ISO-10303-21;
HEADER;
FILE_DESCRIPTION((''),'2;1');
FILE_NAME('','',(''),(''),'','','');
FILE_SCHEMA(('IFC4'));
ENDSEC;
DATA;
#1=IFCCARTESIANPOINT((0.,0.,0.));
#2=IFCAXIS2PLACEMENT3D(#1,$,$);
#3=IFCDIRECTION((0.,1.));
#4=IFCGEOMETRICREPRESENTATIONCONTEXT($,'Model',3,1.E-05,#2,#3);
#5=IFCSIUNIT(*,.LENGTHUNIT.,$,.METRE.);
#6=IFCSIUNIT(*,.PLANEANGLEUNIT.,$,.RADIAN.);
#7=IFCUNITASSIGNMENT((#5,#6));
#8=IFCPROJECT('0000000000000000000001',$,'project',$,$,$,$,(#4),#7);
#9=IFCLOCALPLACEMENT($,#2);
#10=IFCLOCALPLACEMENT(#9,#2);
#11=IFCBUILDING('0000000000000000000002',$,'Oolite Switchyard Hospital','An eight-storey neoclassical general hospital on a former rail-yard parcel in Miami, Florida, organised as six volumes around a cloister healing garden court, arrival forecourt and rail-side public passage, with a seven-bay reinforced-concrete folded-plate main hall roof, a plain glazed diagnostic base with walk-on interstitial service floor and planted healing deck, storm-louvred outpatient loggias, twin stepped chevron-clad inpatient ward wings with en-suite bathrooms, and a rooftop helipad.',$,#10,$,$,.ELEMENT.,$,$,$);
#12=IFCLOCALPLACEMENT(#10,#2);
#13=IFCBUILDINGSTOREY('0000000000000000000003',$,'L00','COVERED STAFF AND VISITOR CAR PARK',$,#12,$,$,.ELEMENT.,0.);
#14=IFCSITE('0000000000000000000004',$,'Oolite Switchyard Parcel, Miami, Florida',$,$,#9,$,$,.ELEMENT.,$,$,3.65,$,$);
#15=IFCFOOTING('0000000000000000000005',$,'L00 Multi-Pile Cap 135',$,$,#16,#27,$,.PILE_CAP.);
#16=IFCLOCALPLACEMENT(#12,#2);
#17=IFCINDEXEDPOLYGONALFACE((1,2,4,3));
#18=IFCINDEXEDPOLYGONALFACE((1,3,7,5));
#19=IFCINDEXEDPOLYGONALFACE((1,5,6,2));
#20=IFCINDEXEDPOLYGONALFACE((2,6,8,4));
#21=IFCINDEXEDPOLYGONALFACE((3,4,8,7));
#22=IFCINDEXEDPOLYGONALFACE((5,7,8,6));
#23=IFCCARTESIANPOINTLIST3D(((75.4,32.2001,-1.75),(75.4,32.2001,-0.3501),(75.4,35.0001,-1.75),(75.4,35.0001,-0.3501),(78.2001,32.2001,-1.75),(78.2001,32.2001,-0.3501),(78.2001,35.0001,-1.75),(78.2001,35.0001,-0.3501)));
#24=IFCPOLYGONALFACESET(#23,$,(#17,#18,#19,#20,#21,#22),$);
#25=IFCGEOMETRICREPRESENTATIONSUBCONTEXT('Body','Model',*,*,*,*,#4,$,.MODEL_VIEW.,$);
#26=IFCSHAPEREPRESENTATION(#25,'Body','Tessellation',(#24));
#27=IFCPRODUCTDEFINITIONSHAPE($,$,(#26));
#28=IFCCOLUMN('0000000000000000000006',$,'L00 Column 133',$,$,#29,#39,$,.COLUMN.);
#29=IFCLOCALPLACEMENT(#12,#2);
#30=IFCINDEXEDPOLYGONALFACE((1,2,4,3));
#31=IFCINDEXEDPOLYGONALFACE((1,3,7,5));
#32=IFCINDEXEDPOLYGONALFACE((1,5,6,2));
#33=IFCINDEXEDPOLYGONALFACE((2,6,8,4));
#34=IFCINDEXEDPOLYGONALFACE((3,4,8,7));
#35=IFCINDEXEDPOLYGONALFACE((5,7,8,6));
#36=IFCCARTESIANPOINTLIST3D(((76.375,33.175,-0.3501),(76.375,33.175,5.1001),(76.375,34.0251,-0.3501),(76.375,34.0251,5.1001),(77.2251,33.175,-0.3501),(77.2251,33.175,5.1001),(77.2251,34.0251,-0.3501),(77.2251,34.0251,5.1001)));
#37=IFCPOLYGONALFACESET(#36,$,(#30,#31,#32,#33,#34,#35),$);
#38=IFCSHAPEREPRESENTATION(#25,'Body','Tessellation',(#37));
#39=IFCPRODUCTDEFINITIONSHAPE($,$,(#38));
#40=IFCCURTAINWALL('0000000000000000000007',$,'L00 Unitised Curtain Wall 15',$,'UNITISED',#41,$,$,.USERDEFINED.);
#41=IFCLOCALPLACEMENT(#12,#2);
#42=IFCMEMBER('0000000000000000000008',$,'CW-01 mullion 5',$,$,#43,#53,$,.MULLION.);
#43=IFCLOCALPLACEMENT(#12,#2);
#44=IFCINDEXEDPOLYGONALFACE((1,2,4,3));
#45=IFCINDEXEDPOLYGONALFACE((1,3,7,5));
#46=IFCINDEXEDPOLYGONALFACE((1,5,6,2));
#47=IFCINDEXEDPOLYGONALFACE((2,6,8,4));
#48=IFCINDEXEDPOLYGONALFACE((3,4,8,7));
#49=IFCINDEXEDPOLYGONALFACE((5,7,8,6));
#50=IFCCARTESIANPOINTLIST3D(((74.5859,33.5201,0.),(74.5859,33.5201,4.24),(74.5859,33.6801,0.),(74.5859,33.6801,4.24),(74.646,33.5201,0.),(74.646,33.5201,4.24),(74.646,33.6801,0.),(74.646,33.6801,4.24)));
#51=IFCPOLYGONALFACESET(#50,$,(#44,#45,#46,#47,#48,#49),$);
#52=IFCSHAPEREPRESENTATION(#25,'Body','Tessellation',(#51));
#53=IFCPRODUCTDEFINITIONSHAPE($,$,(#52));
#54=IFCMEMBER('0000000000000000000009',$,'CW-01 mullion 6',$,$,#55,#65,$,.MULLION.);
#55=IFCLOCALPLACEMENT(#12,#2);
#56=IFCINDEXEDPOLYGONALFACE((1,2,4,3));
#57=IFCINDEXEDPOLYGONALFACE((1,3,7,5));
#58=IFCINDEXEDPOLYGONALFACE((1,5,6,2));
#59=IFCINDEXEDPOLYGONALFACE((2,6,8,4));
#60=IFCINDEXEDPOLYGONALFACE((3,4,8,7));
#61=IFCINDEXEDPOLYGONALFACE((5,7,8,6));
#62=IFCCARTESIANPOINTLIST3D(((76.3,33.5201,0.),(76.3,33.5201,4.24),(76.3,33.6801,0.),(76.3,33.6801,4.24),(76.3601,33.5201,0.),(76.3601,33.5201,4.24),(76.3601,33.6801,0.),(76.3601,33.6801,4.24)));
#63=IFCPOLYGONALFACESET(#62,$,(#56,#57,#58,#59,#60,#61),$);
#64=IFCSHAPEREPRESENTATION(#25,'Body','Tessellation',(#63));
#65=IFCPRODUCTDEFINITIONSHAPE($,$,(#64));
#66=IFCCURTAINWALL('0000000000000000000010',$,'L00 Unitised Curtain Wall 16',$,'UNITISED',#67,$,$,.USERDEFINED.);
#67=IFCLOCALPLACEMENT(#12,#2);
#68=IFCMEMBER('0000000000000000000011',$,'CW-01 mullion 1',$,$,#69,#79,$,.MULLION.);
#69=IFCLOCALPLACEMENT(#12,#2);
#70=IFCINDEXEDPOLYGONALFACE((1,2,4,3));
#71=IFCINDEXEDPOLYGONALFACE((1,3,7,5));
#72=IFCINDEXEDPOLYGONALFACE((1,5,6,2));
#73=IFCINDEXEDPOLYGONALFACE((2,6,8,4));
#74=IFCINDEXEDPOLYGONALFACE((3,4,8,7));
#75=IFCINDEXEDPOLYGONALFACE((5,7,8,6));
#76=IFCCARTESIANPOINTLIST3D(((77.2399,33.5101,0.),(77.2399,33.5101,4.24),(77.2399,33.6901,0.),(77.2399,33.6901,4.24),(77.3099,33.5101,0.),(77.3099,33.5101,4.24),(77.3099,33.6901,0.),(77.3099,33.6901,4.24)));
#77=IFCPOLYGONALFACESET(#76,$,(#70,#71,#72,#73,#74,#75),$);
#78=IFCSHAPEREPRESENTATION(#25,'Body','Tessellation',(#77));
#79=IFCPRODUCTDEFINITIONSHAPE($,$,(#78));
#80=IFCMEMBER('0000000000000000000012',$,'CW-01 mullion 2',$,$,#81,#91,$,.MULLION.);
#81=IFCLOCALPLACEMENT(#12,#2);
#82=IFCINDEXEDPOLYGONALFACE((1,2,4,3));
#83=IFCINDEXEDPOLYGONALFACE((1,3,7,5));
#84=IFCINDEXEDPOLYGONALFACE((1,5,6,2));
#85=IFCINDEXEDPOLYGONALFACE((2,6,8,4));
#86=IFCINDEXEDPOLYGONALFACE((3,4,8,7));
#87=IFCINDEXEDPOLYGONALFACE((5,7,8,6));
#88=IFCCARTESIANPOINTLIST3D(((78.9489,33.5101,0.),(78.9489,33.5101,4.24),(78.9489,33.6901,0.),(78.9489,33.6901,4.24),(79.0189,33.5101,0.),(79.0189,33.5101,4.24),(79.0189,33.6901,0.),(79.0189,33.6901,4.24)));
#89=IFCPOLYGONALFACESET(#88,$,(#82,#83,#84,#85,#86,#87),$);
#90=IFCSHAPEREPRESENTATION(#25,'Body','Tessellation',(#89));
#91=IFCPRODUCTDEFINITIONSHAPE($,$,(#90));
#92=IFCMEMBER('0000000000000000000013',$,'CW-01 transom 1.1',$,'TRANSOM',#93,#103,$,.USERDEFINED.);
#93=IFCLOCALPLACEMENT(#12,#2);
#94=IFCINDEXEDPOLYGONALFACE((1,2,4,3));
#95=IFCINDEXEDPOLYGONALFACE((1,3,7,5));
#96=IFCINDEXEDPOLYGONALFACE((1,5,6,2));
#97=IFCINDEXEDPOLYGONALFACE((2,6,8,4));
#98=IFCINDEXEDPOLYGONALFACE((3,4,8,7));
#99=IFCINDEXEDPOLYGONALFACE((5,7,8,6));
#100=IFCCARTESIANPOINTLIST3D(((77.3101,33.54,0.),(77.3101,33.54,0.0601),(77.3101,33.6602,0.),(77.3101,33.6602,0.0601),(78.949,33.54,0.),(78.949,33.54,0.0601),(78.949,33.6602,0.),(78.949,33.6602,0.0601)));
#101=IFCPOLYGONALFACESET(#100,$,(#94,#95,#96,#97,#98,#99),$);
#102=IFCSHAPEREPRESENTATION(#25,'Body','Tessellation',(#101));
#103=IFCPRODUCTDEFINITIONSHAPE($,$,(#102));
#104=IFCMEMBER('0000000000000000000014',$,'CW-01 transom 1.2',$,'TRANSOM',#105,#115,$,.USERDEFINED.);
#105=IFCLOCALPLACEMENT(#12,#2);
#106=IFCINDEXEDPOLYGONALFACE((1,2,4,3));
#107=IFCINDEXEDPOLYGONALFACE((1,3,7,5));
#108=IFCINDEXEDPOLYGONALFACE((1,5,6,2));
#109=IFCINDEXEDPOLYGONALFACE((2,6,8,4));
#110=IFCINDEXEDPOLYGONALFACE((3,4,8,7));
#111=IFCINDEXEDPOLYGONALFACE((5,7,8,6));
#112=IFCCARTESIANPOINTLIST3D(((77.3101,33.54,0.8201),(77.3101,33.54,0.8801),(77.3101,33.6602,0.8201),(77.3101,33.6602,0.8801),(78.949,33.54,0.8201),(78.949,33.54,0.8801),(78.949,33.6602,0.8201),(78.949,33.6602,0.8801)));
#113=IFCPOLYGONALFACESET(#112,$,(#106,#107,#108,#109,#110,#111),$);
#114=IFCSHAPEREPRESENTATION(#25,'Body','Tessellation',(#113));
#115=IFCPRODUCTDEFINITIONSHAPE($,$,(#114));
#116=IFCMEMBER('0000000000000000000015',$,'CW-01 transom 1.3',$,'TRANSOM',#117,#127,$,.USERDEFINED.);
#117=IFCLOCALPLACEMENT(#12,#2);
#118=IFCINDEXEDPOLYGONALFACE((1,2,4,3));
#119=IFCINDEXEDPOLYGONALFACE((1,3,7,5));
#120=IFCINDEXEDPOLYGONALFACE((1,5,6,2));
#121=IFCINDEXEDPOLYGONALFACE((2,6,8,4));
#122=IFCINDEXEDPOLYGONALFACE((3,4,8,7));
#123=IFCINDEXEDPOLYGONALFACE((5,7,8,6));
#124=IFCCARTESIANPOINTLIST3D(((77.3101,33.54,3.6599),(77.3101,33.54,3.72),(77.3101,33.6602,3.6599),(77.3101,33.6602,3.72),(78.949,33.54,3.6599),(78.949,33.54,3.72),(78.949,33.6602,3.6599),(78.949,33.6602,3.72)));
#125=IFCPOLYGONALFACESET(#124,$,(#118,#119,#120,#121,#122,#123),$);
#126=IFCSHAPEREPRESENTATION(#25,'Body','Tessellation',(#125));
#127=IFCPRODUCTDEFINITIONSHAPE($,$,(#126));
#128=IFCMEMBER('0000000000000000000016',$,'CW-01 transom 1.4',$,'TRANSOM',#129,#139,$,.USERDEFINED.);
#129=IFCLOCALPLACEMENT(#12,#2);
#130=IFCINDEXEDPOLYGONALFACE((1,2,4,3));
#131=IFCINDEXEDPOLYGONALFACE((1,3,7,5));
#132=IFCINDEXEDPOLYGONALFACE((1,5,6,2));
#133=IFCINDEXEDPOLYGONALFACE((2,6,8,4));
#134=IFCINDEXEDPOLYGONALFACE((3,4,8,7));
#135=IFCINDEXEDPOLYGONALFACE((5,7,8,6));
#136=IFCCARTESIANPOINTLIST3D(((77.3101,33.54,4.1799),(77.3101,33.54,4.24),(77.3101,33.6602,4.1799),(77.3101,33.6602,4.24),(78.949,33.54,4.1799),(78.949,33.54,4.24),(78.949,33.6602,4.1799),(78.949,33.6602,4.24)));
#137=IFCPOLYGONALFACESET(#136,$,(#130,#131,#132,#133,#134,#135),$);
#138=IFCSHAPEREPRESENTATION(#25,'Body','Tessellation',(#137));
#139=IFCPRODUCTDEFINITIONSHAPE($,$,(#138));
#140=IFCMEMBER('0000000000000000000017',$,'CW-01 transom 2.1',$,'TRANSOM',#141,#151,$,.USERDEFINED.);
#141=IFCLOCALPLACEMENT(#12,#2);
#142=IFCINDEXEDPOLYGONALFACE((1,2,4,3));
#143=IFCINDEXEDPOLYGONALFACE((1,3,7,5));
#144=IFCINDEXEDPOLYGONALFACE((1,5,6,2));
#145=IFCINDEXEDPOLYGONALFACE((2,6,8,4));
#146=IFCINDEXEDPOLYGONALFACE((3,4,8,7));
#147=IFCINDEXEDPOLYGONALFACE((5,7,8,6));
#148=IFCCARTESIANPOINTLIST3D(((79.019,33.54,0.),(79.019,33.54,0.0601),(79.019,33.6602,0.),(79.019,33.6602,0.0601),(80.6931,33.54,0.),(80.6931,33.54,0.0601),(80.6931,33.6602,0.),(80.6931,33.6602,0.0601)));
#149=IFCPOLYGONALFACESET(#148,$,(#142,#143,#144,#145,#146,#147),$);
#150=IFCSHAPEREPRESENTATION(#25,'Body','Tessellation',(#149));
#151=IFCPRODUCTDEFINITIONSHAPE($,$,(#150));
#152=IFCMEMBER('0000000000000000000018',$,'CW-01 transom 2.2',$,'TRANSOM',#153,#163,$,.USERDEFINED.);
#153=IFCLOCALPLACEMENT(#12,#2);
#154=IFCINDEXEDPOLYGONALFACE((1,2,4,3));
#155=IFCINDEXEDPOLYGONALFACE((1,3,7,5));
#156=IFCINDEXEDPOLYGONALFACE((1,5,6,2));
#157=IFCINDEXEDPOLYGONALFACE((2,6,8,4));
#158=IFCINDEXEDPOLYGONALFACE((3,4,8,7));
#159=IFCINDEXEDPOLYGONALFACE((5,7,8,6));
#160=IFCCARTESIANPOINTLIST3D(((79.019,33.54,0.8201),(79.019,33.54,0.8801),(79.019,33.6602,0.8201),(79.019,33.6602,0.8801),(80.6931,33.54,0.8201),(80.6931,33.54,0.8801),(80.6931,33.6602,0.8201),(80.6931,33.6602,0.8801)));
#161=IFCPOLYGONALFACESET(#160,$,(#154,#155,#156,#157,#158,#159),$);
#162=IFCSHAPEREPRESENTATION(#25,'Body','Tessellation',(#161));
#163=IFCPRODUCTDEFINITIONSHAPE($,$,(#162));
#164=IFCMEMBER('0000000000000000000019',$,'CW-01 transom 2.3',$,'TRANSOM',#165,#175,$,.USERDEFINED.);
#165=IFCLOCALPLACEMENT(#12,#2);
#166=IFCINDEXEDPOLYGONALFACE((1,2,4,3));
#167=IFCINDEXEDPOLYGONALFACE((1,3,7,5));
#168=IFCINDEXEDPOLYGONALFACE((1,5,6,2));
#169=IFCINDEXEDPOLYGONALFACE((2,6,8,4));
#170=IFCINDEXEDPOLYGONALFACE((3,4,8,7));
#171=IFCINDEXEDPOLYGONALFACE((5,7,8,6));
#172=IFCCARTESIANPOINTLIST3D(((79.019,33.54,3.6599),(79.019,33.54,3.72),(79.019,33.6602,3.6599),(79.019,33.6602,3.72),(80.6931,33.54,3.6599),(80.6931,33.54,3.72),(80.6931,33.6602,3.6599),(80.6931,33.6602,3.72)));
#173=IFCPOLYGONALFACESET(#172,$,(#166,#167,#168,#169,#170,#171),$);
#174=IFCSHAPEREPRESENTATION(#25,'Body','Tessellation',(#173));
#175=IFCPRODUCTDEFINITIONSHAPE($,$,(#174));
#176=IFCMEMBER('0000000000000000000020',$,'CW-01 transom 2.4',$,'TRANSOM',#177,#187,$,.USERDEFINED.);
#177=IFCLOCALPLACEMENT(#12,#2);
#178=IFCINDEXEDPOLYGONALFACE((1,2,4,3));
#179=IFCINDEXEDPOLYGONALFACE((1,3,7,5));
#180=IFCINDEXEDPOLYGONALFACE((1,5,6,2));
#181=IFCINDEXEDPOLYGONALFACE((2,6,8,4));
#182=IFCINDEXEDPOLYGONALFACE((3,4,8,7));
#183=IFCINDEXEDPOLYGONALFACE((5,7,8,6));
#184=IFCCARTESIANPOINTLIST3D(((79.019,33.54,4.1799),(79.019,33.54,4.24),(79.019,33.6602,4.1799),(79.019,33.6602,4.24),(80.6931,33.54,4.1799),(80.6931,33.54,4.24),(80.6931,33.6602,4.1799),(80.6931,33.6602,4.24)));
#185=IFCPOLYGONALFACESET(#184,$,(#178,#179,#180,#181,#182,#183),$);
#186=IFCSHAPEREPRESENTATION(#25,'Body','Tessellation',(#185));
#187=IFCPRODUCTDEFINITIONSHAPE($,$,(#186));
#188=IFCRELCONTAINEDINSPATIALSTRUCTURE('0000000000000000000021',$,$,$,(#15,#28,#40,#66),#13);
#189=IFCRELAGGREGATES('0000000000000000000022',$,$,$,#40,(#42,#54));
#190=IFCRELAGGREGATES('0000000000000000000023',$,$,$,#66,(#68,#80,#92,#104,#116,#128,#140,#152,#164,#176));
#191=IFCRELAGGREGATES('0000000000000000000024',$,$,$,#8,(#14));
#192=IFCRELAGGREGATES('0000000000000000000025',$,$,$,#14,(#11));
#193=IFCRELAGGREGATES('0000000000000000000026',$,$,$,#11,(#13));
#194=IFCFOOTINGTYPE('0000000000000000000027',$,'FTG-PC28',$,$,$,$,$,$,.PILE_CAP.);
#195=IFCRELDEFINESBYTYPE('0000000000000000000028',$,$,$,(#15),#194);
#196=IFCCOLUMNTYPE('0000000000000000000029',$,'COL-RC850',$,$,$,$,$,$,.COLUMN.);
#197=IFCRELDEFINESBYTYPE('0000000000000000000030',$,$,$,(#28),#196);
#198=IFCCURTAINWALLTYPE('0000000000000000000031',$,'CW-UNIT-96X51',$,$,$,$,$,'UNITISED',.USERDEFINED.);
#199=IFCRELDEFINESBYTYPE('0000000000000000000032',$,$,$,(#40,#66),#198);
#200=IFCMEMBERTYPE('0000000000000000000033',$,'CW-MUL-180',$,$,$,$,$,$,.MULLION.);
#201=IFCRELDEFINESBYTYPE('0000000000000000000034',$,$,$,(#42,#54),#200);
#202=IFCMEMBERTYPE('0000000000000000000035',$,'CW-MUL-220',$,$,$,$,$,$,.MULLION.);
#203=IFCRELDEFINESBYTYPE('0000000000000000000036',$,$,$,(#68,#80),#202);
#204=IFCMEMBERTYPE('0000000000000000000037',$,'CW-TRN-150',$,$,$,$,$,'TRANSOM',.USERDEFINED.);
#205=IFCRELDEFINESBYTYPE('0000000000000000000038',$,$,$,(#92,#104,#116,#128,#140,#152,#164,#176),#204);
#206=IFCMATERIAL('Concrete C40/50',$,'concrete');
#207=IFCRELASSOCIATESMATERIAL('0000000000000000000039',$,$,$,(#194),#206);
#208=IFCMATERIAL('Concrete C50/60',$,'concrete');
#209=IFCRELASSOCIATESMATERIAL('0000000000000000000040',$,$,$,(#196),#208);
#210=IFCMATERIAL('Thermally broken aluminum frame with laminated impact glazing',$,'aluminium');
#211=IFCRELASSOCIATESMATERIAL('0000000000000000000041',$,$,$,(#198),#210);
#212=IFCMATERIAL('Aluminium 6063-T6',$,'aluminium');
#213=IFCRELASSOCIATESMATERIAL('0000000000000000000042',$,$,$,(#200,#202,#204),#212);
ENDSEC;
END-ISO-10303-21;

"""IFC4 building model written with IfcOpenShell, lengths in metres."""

from ifc_helpers import new_model, si_unit, direction, frame, origin, origin_2d, place, context, subcontext, project, spatial, rectangle, extrude, material, material_profile, profile_set, type_object, element, aggregate, save


model = new_model("IFC4")

# Units and contexts
model_context = context("Model", 3, precision=1e-05, world=origin(), true_north=direction((0.0, 1.0)))
body_context = subcontext(model_context, "Body", "Model", "MODEL_VIEW")
ifc_project = project(units=[si_unit("LENGTHUNIT", "METRE"), si_unit("PLANEANGLEUNIT", "RADIAN")], contexts=[model_context])

# Site, building, storey
site_placement = place(None, origin())
site = spatial("IfcSite", under=ifc_project, at=site_placement, Name="Oolite Switchyard Parcel, Miami, Florida", CompositionType="ELEMENT", RefElevation=3.65)
building_placement = place(site_placement, origin())
building = spatial("IfcBuilding", under=site, at=building_placement, Name="Oolite Switchyard Hospital", Description="An eight-storey neoclassical general hospital on a former rail-yard parcel in Miami, Florida, organised as six volumes around a cloister healing garden court, arrival forecourt and rail-side public passage, with a seven-bay reinforced-concrete folded-plate main hall roof, a plain glazed diagnostic base with walk-on interstitial service floor and planted healing deck, storm-louvred outpatient loggias, twin stepped chevron-clad inpatient ward wings with en-suite bathrooms, and a rooftop helipad.", CompositionType="ELEMENT")
storey_placement = place(building_placement, origin())
storey = spatial("IfcBuildingStorey", under=building, at=storey_placement, Name="L00", Description="COVERED STAFF AND VISITOR CAR PARK", CompositionType="ELEMENT", Elevation=0.0)

# Footing
ifc_material_1 = material(Name="Concrete C40/50", Category="concrete")
footing_type = type_object("IfcFootingType", Name="FTG-PC28", PredefinedType="PILE_CAP", material=ifc_material_1)
footing_placement = place(storey_placement, frame((76.8, 33.6001, -1.75), z_axis=(0.0, 0.0, 1.0), x_axis=(1.0, 0.0, 0.0)))
element("IfcFooting", 1, at=footing_placement, inside=storey, type_object=footing_type, Name="L00 Multi-Pile Cap 135", PredefinedType="PILE_CAP", context=body_context, shape_type="SweptSolid", body=[
    extrude(rectangle(XDim=2.8, YDim=2.8, at=origin_2d()), origin(), (0.0, 0.0, 1.0), 1.3999),
])

# Column
ifc_material_2 = material(Name="Concrete C50/60", Category="concrete")
ifc_material_profile_1 = material_profile(ifc_material_2, rectangle(XDim=0.8501, YDim=0.8501, at=origin_2d()), Name="RC850X850")
ifc_profile_set_1 = profile_set([ifc_material_profile_1], Name="Concrete C50/60")
column_type = type_object("IfcColumnType", Name="COL-RC850", PredefinedType="COLUMN", material=ifc_profile_set_1)
column_placement = place(storey_placement, frame((76.8, 33.6001, -0.3501), z_axis=(0.0, 0.0, 1.0), x_axis=(1.0, 0.0, 0.0)))
element("IfcColumn", 2, at=column_placement, inside=storey, type_object=column_type, Name="L00 Column 133", PredefinedType="COLUMN", context=body_context, shape_type="SweptSolid", body=[
    extrude(rectangle(XDim=0.8501, YDim=0.8501, at=origin_2d()), origin(), (0.0, 0.0, 1.0), 5.4502),
])

# Curtain walls, members
ifc_material_3 = material(Name="Thermally broken aluminum frame with laminated impact glazing", Category="aluminium")
curtain_wall_type = type_object("IfcCurtainWallType", Name="CW-UNIT-96X51", ElementType="UNITISED", PredefinedType="USERDEFINED", material=ifc_material_3)
curtain_wall_1_placement = place(storey_placement, origin())
curtain_wall_1 = element("IfcCurtainWall", 3, at=curtain_wall_1_placement, inside=storey, type_object=curtain_wall_type, Name="L00 Unitised Curtain Wall 15", ObjectType="UNITISED", PredefinedType="USERDEFINED")
ifc_material_4 = material(Name="Aluminium 6063-T6", Category="aluminium")
ifc_material_profile_2 = material_profile(ifc_material_4, rectangle(XDim=0.1599, YDim=0.0601, at=origin_2d()), Name="CWM60X160")
ifc_profile_set_2 = profile_set([ifc_material_profile_2], Name="Aluminium 6063-T6")
member_type_1 = type_object("IfcMemberType", Name="CW-MUL-180", PredefinedType="MULLION", material=ifc_profile_set_2)
member_1_placement = place(storey_placement, frame((74.616, 33.6001, 0.0), z_axis=(0.0, 0.0, 1.0), x_axis=(0.0, 1.0, 0.0)))
member_1 = element("IfcMember", 4, at=member_1_placement, type_object=member_type_1, Name="CW-01 mullion 5", PredefinedType="MULLION", context=body_context, shape_type="SweptSolid", body=[
    extrude(rectangle(XDim=0.1599, YDim=0.0601, at=origin_2d()), origin(), (0.0, 0.0, 1.0), 4.24),
])
member_2_placement = place(storey_placement, frame((76.3301, 33.6001, 0.0), z_axis=(0.0, 0.0, 1.0), x_axis=(0.0, 1.0, 0.0)))
member_2 = element("IfcMember", 5, at=member_2_placement, type_object=member_type_1, Name="CW-01 mullion 6", PredefinedType="MULLION", context=body_context, shape_type="SweptSolid", body=[
    extrude(rectangle(XDim=0.1599, YDim=0.0601, at=origin_2d()), origin(), (0.0, 0.0, 1.0), 4.24),
])
curtain_wall_2_placement = place(storey_placement, origin())
curtain_wall_2 = element("IfcCurtainWall", 6, at=curtain_wall_2_placement, inside=storey, type_object=curtain_wall_type, Name="L00 Unitised Curtain Wall 16", ObjectType="UNITISED", PredefinedType="USERDEFINED")
ifc_material_profile_3 = material_profile(ifc_material_4, rectangle(XDim=0.1799, YDim=0.0701, at=origin_2d()), Name="CWM70X180")
ifc_profile_set_3 = profile_set([ifc_material_profile_3], Name="Aluminium 6063-T6")
member_type_2 = type_object("IfcMemberType", Name="CW-MUL-220", PredefinedType="MULLION", material=ifc_profile_set_3)
member_3_placement = place(storey_placement, frame((77.2749, 33.6001, 0.0), z_axis=(0.0, 0.0, 1.0), x_axis=(0.0, 1.0, 0.0)))
member_3 = element("IfcMember", 7, at=member_3_placement, type_object=member_type_2, Name="CW-01 mullion 1", PredefinedType="MULLION", context=body_context, shape_type="SweptSolid", body=[
    extrude(rectangle(XDim=0.1799, YDim=0.0701, at=origin_2d()), origin(), (0.0, 0.0, 1.0), 4.24),
])
member_4_placement = place(storey_placement, frame((78.9839, 33.6001, 0.0), z_axis=(0.0, 0.0, 1.0), x_axis=(0.0, 1.0, 0.0)))
member_4 = element("IfcMember", 8, at=member_4_placement, type_object=member_type_2, Name="CW-01 mullion 2", PredefinedType="MULLION", context=body_context, shape_type="SweptSolid", body=[
    extrude(rectangle(XDim=0.1799, YDim=0.0701, at=origin_2d()), origin(), (0.0, 0.0, 1.0), 4.24),
])
ifc_material_profile_4 = material_profile(ifc_material_4, rectangle(XDim=0.1201, YDim=0.0601, at=origin_2d()), Name="CWT60X120")
ifc_profile_set_4 = profile_set([ifc_material_profile_4], Name="Aluminium 6063-T6")
member_type_3 = type_object("IfcMemberType", Name="CW-TRN-150", ElementType="TRANSOM", PredefinedType="USERDEFINED", material=ifc_profile_set_4)
member_5_placement = place(storey_placement, frame((77.3101, 33.6001, 0.03), z_axis=(1.0, 0.0, 0.0), x_axis=(0.0, 1.0, 0.0)))
member_5 = element("IfcMember", 9, at=member_5_placement, type_object=member_type_3, Name="CW-01 transom 1.1", ObjectType="TRANSOM", PredefinedType="USERDEFINED", context=body_context, shape_type="SweptSolid", body=[
    extrude(rectangle(XDim=0.1201, YDim=0.0601, at=origin_2d()), origin(), (0.0, 0.0, 1.0), 1.6389),
])
member_6_placement = place(storey_placement, frame((77.3101, 33.6001, 0.8501), z_axis=(1.0, 0.0, 0.0), x_axis=(0.0, 1.0, 0.0)))
member_6 = element("IfcMember", 10, at=member_6_placement, type_object=member_type_3, Name="CW-01 transom 1.2", ObjectType="TRANSOM", PredefinedType="USERDEFINED", context=body_context, shape_type="SweptSolid", body=[
    extrude(rectangle(XDim=0.1201, YDim=0.0601, at=origin_2d()), origin(), (0.0, 0.0, 1.0), 1.6389),
])
member_7_placement = place(storey_placement, frame((77.3101, 33.6001, 3.6899), z_axis=(1.0, 0.0, 0.0), x_axis=(0.0, 1.0, 0.0)))
member_7 = element("IfcMember", 11, at=member_7_placement, type_object=member_type_3, Name="CW-01 transom 1.3", ObjectType="TRANSOM", PredefinedType="USERDEFINED", context=body_context, shape_type="SweptSolid", body=[
    extrude(rectangle(XDim=0.1201, YDim=0.0601, at=origin_2d()), origin(), (0.0, 0.0, 1.0), 1.6389),
])
member_8_placement = place(storey_placement, frame((77.3101, 33.6001, 4.21), z_axis=(1.0, 0.0, 0.0), x_axis=(0.0, 1.0, 0.0)))
member_8 = element("IfcMember", 12, at=member_8_placement, type_object=member_type_3, Name="CW-01 transom 1.4", ObjectType="TRANSOM", PredefinedType="USERDEFINED", context=body_context, shape_type="SweptSolid", body=[
    extrude(rectangle(XDim=0.1201, YDim=0.0601, at=origin_2d()), origin(), (0.0, 0.0, 1.0), 1.6389),
])
member_9_placement = place(storey_placement, frame((79.019, 33.6001, 0.03), z_axis=(1.0, 0.0, 0.0), x_axis=(0.0, 1.0, 0.0)))
member_9 = element("IfcMember", 13, at=member_9_placement, type_object=member_type_3, Name="CW-01 transom 2.1", ObjectType="TRANSOM", PredefinedType="USERDEFINED", context=body_context, shape_type="SweptSolid", body=[
    extrude(rectangle(XDim=0.1201, YDim=0.0601, at=origin_2d()), origin(), (0.0, 0.0, 1.0), 1.6741),
])
member_10_placement = place(storey_placement, frame((79.019, 33.6001, 0.8501), z_axis=(1.0, 0.0, 0.0), x_axis=(0.0, 1.0, 0.0)))
member_10 = element("IfcMember", 14, at=member_10_placement, type_object=member_type_3, Name="CW-01 transom 2.2", ObjectType="TRANSOM", PredefinedType="USERDEFINED", context=body_context, shape_type="SweptSolid", body=[
    extrude(rectangle(XDim=0.1201, YDim=0.0601, at=origin_2d()), origin(), (0.0, 0.0, 1.0), 1.6741),
])
member_11_placement = place(storey_placement, frame((79.019, 33.6001, 3.6899), z_axis=(1.0, 0.0, 0.0), x_axis=(0.0, 1.0, 0.0)))
member_11 = element("IfcMember", 15, at=member_11_placement, type_object=member_type_3, Name="CW-01 transom 2.3", ObjectType="TRANSOM", PredefinedType="USERDEFINED", context=body_context, shape_type="SweptSolid", body=[
    extrude(rectangle(XDim=0.1201, YDim=0.0601, at=origin_2d()), origin(), (0.0, 0.0, 1.0), 1.6741),
])
member_12_placement = place(storey_placement, frame((79.019, 33.6001, 4.21), z_axis=(1.0, 0.0, 0.0), x_axis=(0.0, 1.0, 0.0)))
member_12 = element("IfcMember", 16, at=member_12_placement, type_object=member_type_3, Name="CW-01 transom 2.4", ObjectType="TRANSOM", PredefinedType="USERDEFINED", context=body_context, shape_type="SweptSolid", body=[
    extrude(rectangle(XDim=0.1201, YDim=0.0601, at=origin_2d()), origin(), (0.0, 0.0, 1.0), 1.6741),
])

aggregate(curtain_wall_1, [member_1, member_2])
aggregate(curtain_wall_2, [member_3, member_4, member_5, member_6, member_7, member_8, member_9, member_10, member_11, member_12])

save(model, "model.ifc")
